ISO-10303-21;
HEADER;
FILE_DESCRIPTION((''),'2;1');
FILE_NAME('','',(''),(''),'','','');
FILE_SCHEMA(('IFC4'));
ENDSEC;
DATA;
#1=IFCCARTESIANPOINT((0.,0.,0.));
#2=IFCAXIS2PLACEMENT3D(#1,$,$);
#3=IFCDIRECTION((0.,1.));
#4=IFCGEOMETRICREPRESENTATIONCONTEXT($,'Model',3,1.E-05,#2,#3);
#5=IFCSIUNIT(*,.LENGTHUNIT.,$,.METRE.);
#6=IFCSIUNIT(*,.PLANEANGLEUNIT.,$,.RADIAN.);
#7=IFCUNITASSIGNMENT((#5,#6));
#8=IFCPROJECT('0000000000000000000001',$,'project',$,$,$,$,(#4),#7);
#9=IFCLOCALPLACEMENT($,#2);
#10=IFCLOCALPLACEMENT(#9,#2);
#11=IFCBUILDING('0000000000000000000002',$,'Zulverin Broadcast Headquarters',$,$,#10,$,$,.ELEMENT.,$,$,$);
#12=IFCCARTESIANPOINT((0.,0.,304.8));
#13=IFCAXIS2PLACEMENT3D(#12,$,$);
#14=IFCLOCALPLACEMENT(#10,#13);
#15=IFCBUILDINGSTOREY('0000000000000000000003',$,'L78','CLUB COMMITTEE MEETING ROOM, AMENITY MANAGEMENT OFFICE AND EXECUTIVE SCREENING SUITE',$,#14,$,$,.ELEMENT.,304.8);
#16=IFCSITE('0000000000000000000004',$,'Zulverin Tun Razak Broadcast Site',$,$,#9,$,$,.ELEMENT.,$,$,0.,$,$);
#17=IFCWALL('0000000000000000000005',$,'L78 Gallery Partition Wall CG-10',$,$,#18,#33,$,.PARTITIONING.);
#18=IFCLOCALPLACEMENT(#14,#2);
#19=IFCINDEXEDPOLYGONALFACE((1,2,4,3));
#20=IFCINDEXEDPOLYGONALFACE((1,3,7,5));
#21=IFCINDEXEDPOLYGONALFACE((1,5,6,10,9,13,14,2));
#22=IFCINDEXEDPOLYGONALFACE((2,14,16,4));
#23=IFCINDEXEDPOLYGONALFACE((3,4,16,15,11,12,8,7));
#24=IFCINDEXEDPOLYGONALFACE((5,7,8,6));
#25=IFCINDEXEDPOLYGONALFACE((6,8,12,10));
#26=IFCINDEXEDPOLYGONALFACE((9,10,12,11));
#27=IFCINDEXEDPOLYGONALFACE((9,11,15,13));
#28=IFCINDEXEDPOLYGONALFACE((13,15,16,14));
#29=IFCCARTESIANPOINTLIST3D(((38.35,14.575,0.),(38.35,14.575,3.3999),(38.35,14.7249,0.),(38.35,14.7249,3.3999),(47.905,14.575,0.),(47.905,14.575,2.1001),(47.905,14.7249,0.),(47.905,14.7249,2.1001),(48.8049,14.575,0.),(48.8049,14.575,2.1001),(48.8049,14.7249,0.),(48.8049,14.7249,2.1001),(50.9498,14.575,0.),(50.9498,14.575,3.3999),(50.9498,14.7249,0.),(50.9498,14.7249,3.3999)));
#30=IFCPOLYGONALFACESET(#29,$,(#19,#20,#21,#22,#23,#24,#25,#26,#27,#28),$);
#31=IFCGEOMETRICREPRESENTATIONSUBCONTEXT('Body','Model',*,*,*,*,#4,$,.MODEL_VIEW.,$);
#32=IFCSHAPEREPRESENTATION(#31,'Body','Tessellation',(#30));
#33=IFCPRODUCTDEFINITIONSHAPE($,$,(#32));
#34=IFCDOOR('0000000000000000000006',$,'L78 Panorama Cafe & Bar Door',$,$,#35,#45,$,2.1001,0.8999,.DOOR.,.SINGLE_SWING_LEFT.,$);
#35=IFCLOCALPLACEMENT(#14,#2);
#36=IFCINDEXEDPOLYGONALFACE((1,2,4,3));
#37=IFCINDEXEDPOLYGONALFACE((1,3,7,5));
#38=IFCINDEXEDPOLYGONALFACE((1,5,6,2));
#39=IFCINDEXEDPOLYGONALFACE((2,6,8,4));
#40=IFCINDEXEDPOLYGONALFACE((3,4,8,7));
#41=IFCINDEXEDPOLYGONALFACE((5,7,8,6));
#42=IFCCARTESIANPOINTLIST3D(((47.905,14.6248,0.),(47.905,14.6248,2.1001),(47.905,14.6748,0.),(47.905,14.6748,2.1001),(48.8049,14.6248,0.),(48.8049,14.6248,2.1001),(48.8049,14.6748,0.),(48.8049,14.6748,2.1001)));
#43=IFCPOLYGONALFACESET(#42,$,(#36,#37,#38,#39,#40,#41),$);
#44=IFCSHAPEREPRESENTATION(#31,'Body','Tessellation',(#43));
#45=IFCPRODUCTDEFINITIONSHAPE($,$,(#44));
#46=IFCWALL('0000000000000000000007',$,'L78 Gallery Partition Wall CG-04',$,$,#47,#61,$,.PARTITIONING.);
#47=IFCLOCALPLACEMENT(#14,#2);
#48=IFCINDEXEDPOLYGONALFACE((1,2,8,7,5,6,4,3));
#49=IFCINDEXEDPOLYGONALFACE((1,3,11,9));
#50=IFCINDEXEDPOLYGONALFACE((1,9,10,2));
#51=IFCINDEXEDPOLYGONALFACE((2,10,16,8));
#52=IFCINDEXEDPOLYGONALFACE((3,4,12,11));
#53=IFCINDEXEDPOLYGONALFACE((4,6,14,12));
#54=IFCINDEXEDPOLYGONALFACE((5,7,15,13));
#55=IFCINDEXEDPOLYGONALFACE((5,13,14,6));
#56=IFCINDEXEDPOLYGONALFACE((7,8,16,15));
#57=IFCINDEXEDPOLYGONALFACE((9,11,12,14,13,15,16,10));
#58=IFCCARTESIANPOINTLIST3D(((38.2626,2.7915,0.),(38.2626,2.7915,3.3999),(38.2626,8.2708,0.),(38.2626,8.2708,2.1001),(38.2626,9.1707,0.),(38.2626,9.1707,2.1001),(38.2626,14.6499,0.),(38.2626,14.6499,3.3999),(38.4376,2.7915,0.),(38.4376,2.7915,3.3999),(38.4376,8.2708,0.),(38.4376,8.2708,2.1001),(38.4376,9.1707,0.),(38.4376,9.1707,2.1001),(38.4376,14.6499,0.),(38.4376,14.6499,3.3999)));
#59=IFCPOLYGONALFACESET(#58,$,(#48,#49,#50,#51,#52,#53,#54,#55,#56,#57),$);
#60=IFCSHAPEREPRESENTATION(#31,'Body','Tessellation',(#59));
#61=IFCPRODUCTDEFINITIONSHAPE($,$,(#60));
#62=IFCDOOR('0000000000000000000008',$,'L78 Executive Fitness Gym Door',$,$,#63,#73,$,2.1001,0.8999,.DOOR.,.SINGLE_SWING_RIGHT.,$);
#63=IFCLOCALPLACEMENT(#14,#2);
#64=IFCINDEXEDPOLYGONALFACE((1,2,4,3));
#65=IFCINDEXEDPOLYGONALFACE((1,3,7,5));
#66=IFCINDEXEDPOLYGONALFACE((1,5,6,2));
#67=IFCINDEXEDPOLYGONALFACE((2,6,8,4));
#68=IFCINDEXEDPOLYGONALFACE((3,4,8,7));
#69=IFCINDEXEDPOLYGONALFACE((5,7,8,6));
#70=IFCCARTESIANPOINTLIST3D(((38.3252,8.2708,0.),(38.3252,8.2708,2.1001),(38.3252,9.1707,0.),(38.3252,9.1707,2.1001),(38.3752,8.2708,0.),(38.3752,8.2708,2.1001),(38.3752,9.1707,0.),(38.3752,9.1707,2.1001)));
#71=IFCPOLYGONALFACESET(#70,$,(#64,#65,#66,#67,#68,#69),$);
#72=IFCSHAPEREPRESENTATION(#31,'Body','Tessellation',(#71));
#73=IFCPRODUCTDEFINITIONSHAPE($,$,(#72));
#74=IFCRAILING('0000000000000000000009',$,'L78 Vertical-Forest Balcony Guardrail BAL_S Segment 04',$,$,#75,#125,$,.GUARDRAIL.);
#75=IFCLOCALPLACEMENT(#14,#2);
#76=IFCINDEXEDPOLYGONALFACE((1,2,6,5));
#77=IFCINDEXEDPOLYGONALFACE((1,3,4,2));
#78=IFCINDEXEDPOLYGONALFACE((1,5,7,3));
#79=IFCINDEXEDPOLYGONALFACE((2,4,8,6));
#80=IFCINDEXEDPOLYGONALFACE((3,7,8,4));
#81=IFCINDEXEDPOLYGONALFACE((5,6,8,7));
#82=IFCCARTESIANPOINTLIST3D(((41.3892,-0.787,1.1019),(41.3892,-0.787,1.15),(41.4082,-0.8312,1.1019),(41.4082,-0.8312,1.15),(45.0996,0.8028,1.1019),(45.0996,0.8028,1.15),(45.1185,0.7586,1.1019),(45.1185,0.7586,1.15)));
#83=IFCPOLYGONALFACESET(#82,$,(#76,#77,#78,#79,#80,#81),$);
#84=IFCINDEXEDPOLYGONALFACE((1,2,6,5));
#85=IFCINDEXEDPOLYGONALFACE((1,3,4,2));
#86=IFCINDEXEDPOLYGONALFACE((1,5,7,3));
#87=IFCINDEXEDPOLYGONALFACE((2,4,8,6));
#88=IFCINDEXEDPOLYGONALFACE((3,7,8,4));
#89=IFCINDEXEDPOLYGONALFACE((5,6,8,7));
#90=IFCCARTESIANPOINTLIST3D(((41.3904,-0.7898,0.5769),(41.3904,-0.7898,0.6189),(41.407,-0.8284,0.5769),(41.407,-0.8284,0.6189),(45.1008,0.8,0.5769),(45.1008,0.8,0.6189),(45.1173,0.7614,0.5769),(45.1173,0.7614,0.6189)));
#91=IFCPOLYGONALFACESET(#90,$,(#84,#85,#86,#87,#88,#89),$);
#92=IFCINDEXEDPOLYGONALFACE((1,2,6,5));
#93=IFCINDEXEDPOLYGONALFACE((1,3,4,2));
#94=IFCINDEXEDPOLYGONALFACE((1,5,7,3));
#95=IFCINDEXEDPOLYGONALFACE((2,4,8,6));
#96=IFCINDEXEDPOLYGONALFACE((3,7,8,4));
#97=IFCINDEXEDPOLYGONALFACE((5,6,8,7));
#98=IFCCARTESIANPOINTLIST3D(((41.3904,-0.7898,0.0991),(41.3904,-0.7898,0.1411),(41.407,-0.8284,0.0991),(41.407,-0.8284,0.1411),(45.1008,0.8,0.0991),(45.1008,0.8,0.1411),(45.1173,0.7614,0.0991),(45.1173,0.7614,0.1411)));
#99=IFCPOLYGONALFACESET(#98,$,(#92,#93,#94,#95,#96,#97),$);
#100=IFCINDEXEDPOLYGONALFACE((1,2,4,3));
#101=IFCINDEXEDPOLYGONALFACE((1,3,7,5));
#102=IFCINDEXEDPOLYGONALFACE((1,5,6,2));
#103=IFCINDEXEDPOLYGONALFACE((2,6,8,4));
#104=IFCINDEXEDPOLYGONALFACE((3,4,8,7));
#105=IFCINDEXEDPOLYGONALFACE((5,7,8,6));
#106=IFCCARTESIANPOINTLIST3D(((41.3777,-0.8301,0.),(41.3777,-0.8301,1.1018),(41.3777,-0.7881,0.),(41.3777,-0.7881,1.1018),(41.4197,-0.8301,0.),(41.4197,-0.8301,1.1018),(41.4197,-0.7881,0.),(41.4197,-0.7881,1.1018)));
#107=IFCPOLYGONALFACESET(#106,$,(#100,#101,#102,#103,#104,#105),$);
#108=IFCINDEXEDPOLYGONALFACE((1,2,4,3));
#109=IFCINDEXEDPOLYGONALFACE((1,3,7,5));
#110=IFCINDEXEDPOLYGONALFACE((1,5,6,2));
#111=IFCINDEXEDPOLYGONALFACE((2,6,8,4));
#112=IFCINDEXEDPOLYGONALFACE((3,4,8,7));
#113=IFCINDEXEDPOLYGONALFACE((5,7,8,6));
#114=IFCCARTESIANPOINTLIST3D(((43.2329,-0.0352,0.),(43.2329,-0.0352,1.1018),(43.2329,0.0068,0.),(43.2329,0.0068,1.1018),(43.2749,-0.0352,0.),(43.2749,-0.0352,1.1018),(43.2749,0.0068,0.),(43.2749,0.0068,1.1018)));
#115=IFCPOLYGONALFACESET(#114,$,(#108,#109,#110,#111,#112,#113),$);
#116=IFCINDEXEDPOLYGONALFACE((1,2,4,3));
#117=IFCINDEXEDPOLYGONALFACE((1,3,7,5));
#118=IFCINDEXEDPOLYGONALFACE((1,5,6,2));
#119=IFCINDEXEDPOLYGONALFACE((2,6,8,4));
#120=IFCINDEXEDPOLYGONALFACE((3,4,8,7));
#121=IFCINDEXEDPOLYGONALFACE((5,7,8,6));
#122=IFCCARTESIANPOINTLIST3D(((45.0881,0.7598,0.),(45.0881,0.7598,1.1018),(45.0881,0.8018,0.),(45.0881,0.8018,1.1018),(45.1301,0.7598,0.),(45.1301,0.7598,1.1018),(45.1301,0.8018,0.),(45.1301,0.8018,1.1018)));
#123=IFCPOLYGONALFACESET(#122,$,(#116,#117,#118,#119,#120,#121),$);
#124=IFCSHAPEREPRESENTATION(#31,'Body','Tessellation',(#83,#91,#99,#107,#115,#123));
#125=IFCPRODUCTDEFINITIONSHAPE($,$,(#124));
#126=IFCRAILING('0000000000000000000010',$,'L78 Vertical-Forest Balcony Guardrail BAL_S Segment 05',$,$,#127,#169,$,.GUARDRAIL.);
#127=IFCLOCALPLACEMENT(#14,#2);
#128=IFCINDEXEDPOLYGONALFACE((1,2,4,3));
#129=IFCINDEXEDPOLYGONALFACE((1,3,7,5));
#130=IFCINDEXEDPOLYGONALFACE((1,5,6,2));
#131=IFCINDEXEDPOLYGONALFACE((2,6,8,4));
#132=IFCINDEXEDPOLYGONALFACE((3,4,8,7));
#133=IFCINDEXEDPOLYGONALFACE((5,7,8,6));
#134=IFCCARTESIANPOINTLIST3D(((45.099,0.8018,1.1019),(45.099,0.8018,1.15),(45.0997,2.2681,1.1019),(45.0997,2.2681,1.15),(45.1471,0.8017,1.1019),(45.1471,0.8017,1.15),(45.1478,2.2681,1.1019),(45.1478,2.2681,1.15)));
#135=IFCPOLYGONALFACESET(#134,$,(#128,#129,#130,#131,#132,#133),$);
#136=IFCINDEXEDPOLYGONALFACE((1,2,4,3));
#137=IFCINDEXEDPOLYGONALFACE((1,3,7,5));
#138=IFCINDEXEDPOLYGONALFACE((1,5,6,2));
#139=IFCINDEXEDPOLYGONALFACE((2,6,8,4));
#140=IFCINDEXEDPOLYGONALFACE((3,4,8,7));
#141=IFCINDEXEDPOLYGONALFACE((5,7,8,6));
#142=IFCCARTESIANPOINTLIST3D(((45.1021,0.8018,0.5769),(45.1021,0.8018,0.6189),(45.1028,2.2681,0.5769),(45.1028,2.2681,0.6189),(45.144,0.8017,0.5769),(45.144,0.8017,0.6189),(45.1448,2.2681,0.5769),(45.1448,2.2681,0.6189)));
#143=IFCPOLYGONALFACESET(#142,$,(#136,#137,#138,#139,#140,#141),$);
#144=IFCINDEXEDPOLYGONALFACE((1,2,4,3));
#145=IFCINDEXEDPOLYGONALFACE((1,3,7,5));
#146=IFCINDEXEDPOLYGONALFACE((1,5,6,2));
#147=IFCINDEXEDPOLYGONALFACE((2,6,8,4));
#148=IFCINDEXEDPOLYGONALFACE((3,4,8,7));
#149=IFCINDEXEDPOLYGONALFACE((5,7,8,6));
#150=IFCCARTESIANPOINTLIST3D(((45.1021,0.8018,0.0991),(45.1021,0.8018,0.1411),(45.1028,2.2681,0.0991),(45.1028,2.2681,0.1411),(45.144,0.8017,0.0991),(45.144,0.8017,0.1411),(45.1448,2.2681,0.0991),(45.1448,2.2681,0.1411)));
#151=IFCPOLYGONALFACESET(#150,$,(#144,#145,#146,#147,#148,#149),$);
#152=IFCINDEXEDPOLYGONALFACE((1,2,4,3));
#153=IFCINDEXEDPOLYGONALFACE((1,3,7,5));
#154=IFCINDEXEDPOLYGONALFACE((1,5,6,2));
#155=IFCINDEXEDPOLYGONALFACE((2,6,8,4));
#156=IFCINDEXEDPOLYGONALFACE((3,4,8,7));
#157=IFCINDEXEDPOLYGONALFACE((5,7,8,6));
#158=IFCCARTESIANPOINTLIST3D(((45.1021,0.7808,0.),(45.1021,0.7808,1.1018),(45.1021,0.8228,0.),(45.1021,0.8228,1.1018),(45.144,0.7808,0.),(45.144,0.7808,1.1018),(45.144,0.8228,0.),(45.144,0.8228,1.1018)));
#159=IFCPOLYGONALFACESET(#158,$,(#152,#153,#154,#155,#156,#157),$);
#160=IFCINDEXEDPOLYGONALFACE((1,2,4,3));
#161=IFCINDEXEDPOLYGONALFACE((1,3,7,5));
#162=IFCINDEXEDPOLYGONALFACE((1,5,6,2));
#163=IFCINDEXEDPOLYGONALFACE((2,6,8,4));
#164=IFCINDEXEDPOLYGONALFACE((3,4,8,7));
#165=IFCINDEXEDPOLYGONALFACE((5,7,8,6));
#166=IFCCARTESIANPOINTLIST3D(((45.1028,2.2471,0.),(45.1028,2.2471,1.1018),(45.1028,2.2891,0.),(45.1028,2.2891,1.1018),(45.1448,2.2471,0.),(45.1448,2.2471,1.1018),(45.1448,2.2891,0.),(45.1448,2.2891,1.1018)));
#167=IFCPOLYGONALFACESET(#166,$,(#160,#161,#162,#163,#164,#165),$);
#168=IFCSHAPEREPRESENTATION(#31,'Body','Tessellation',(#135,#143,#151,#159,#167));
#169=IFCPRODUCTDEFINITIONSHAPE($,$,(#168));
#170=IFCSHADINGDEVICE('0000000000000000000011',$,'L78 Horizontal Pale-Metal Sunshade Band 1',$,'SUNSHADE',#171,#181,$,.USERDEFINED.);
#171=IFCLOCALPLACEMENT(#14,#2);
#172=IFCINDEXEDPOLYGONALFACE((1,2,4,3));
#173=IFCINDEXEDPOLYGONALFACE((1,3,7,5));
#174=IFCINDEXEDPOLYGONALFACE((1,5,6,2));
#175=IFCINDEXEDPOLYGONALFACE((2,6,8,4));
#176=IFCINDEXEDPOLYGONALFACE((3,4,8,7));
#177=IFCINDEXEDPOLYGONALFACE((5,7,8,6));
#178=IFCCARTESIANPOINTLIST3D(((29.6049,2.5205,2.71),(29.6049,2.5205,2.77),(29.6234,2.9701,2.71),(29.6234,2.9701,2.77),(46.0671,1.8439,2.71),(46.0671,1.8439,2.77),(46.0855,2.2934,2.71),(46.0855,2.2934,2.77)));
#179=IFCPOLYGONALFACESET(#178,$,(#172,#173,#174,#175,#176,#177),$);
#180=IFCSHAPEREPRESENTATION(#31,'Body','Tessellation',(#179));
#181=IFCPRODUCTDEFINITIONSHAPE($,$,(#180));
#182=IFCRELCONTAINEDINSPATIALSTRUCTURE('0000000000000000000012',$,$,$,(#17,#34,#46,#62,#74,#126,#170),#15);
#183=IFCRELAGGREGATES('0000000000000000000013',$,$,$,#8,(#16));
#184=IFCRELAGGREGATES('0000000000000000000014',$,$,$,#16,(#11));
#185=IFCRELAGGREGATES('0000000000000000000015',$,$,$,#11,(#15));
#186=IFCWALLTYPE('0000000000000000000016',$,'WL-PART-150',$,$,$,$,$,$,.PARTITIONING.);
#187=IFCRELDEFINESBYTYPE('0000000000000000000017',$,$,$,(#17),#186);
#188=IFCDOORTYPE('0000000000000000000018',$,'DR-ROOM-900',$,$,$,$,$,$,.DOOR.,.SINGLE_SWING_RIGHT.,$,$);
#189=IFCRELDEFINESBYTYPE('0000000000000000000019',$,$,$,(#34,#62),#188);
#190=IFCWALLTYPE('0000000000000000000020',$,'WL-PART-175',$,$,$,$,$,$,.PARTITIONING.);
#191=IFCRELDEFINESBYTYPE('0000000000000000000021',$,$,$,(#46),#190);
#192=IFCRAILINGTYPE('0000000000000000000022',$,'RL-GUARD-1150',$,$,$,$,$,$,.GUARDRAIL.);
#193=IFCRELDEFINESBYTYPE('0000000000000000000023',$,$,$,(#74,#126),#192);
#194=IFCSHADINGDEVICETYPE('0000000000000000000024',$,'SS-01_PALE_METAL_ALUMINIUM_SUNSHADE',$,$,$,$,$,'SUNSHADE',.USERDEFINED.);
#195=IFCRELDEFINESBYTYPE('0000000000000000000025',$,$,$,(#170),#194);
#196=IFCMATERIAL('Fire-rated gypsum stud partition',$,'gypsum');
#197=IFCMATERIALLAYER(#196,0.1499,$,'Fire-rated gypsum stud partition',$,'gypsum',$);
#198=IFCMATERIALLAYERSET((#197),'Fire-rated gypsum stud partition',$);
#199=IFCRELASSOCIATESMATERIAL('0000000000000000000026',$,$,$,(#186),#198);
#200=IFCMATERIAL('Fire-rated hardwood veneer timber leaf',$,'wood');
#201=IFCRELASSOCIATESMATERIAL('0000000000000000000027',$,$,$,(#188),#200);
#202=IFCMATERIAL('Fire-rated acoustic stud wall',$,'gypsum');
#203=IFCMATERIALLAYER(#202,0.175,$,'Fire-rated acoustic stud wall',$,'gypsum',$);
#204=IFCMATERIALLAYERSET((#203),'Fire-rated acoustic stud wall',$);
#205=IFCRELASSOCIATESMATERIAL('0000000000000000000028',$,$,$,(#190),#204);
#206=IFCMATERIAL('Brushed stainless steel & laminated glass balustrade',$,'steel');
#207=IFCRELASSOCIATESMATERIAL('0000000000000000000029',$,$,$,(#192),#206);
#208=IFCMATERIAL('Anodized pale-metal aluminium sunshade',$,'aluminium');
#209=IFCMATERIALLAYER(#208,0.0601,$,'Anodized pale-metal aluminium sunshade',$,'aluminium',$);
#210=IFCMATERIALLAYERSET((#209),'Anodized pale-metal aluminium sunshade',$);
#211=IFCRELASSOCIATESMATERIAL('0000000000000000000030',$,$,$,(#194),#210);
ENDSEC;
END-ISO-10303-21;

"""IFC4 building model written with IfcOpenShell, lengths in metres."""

from ifc_helpers import new_model, si_unit, direction, frame, frame_2d, origin, origin_2d, place, context, subcontext, project, spatial, rectangle, extrude, material, layer, layer_set, type_object, element, fill, save


model = new_model("IFC4")

# Units and contexts
model_context = context("Model", 3, precision=1e-05, world=origin(), true_north=direction((0.0, 1.0)))
body_context = subcontext(model_context, "Body", "Model", "MODEL_VIEW")
ifc_project = project(units=[si_unit("LENGTHUNIT", "METRE"), si_unit("PLANEANGLEUNIT", "RADIAN")], contexts=[model_context])

# Site, building, storey
site_placement = place(None, origin())
site = spatial("IfcSite", under=ifc_project, at=site_placement, Name="Zulverin Tun Razak Broadcast Site", CompositionType="ELEMENT", RefElevation=0.0)
building_placement = place(site_placement, origin())
building = spatial("IfcBuilding", under=site, at=building_placement, Name="Zulverin Broadcast Headquarters", CompositionType="ELEMENT")
storey_placement = place(building_placement, frame((0.0, 0.0, 304.8)))
storey = spatial("IfcBuildingStorey", under=building, at=storey_placement, Name="L78", Description="CLUB COMMITTEE MEETING ROOM, AMENITY MANAGEMENT OFFICE AND EXECUTIVE SCREENING SUITE", CompositionType="ELEMENT", Elevation=304.8)

# Walls, openings, doors
ifc_material_1 = material(Name="Fire-rated gypsum stud partition", Category="gypsum")
ifc_layer_1 = layer(ifc_material_1, 0.1499, Name="Fire-rated gypsum stud partition", Category="gypsum")
ifc_layer_set_1 = layer_set([ifc_layer_1], Name="Fire-rated gypsum stud partition")
wall_type_1 = type_object("IfcWallType", Name="WL-PART-150", PredefinedType="PARTITIONING", material=ifc_layer_set_1)
wall_1_placement = place(storey_placement, frame((38.3501, 14.6499, 0.0), z_axis=(0.0, 0.0, 1.0), x_axis=(1.0, 0.0, 0.0)))
wall_1 = element("IfcWall", 1, at=wall_1_placement, inside=storey, type_object=wall_type_1, Name="L78 Gallery Partition Wall CG-10", PredefinedType="PARTITIONING", context=body_context, shape_type="SweptSolid", body=[
    extrude(rectangle(XDim=12.5999, YDim=0.1499, at=frame_2d((6.2998, 0.0))), origin(), (0.0, 0.0, 1.0), 3.3999),
])
opening_1_placement = place(wall_1_placement, frame((9.5549, 0.0, 0.0)))
opening_1 = element("IfcOpeningElement", 2, at=opening_1_placement, cuts=wall_1, PredefinedType="OPENING", context=body_context, shape_type="SweptSolid", body=[
    extrude(rectangle(XDim=0.8999, YDim=2.1001, at=frame_2d((0.45, 1.05))), frame((0.0, 0.085, 0.0), z_axis=(0.0, -1.0, 0.0), x_axis=(1.0, 0.0, 0.0)), (0.0, 0.0, 1.0), 0.1699),
])
ifc_material_2 = material(Name="Fire-rated hardwood veneer timber leaf", Category="wood")
door_type = type_object("IfcDoorType", Name="DR-ROOM-900", OperationType="SINGLE_SWING_RIGHT", PredefinedType="DOOR", material=ifc_material_2)
door_1_placement = place(opening_1_placement, origin())
door_1 = element("IfcDoor", 3, at=door_1_placement, inside=storey, type_object=door_type, Name="L78 Panorama Cafe & Bar Door", OperationType="SINGLE_SWING_LEFT", OverallHeight=2.1001, OverallWidth=0.8999, PredefinedType="DOOR", context=body_context, shape_type="SweptSolid", body=[
    extrude(rectangle(XDim=0.8999, YDim=2.1001, at=frame_2d((0.45, 1.05))), frame((0.0, 0.0249, 0.0), z_axis=(0.0, -1.0, 0.0), x_axis=(1.0, 0.0, 0.0)), (0.0, 0.0, 1.0), 0.05),
])
fill(opening_1, door_1)
ifc_material_3 = material(Name="Fire-rated acoustic stud wall", Category="gypsum")
ifc_layer_2 = layer(ifc_material_3, 0.175, Name="Fire-rated acoustic stud wall", Category="gypsum")
ifc_layer_set_2 = layer_set([ifc_layer_2], Name="Fire-rated acoustic stud wall")
wall_type_2 = type_object("IfcWallType", Name="WL-PART-175", PredefinedType="PARTITIONING", material=ifc_layer_set_2)
wall_2_placement = place(storey_placement, frame((38.3501, 2.7915, 0.0), z_axis=(0.0, 0.0, 1.0), x_axis=(0.0, 1.0, 0.0)))
wall_2 = element("IfcWall", 4, at=wall_2_placement, inside=storey, type_object=wall_type_2, Name="L78 Gallery Partition Wall CG-04", PredefinedType="PARTITIONING", context=body_context, shape_type="SweptSolid", body=[
    extrude(rectangle(XDim=11.8584, YDim=0.175, at=frame_2d((5.9292, 0.0))), origin(), (0.0, 0.0, 1.0), 3.3999),
])
opening_2_placement = place(wall_2_placement, frame((5.4792, 0.0, 0.0)))
opening_2 = element("IfcOpeningElement", 5, at=opening_2_placement, cuts=wall_2, PredefinedType="OPENING", context=body_context, shape_type="SweptSolid", body=[
    extrude(rectangle(XDim=0.8999, YDim=2.1001, at=frame_2d((0.45, 1.05))), frame((0.0, 0.0974, 0.0), z_axis=(0.0, -1.0, 0.0), x_axis=(1.0, 0.0, 0.0)), (0.0, 0.0, 1.0), 0.1951),
])
door_2_placement = place(opening_2_placement, origin())
door_2 = element("IfcDoor", 6, at=door_2_placement, inside=storey, type_object=door_type, Name="L78 Executive Fitness Gym Door", OperationType="SINGLE_SWING_RIGHT", OverallHeight=2.1001, OverallWidth=0.8999, PredefinedType="DOOR", context=body_context, shape_type="SweptSolid", body=[
    extrude(rectangle(XDim=0.8999, YDim=2.1001, at=frame_2d((0.45, 1.05))), frame((0.0, 0.0249, 0.0), z_axis=(0.0, -1.0, 0.0), x_axis=(1.0, 0.0, 0.0)), (0.0, 0.0, 1.0), 0.05),
])
fill(opening_2, door_2)

# Railings
ifc_material_4 = material(Name="Brushed stainless steel & laminated glass balustrade", Category="steel")
railing_type = type_object("IfcRailingType", Name="RL-GUARD-1150", PredefinedType="GUARDRAIL", material=ifc_material_4)
railing_1_placement = place(storey_placement, frame((41.3987, -0.8091, 0.0)))
element("IfcRailing", 7, at=railing_1_placement, inside=storey, type_object=railing_type, Name="L78 Vertical-Forest Balcony Guardrail BAL_S Segment 04", PredefinedType="GUARDRAIL", context=body_context, shape_type="SweptSolid", body=[
    extrude(rectangle(XDim=0.0481, YDim=0.0481, at=origin_2d()), frame((0.0, 0.0, 1.126), z_axis=(0.919176, 0.393846, 0.0), x_axis=(-0.393846, 0.919176, 0.0)), (0.0, 0.0, 1.0), 4.0366),
    extrude(rectangle(XDim=0.042, YDim=0.042, at=origin_2d()), frame((0.0, 0.0, 0.5979), z_axis=(0.919176, 0.393846, 0.0), x_axis=(-0.393846, 0.919176, 0.0)), (0.0, 0.0, 1.0), 4.0366),
    extrude(rectangle(XDim=0.042, YDim=0.042, at=origin_2d()), frame((0.0, 0.0, 0.1201), z_axis=(0.919176, 0.393846, 0.0), x_axis=(-0.393846, 0.919176, 0.0)), (0.0, 0.0, 1.0), 4.0366),
    extrude(rectangle(XDim=0.042, YDim=0.042, at=origin_2d()), origin(), (0.0, 0.0, 1.0), 1.1018),
    extrude(rectangle(XDim=0.042, YDim=0.042, at=origin_2d()), frame((1.8552, 0.7949, 0.0)), (0.0, 0.0, 1.0), 1.1018),
    extrude(rectangle(XDim=0.042, YDim=0.042, at=origin_2d()), frame((3.7104, 1.5898, 0.0)), (0.0, 0.0, 1.0), 1.1018),
])
railing_2_placement = place(storey_placement, frame((45.123, 0.8018, 0.0)))
element("IfcRailing", 8, at=railing_2_placement, inside=storey, type_object=railing_type, Name="L78 Vertical-Forest Balcony Guardrail BAL_S Segment 05", PredefinedType="GUARDRAIL", context=body_context, shape_type="SweptSolid", body=[
    extrude(rectangle(XDim=0.0481, YDim=0.0481, at=origin_2d()), frame((0.0, 0.0, 1.126), z_axis=(0.0005, 1.0, 0.0), x_axis=(-1.0, 0.0005, 0.0)), (0.0, 0.0, 1.0), 1.4663),
    extrude(rectangle(XDim=0.042, YDim=0.042, at=origin_2d()), frame((0.0, 0.0, 0.5979), z_axis=(0.0005, 1.0, 0.0), x_axis=(-1.0, 0.0005, 0.0)), (0.0, 0.0, 1.0), 1.4663),
    extrude(rectangle(XDim=0.042, YDim=0.042, at=origin_2d()), frame((0.0, 0.0, 0.1201), z_axis=(0.0005, 1.0, 0.0), x_axis=(-1.0, 0.0005, 0.0)), (0.0, 0.0, 1.0), 1.4663),
    extrude(rectangle(XDim=0.042, YDim=0.042, at=origin_2d()), origin(), (0.0, 0.0, 1.0), 1.1018),
    extrude(rectangle(XDim=0.042, YDim=0.042, at=origin_2d()), frame((0.0007, 1.4663, 0.0)), (0.0, 0.0, 1.0), 1.1018),
])

# Shading device
ifc_material_5 = material(Name="Anodized pale-metal aluminium sunshade", Category="aluminium")
ifc_layer_3 = layer(ifc_material_5, 0.0601, Name="Anodized pale-metal aluminium sunshade", Category="aluminium")
ifc_layer_set_3 = layer_set([ifc_layer_3], Name="Anodized pale-metal aluminium sunshade")
shading_device_type = type_object("IfcShadingDeviceType", Name="SS-01_PALE_METAL_ALUMINIUM_SUNSHADE", ElementType="SUNSHADE", PredefinedType="USERDEFINED", material=ifc_layer_set_3)
shading_device_placement = place(storey_placement, frame((37.8452, 2.407, 2.71), z_axis=(0.0, 0.0, 1.0), x_axis=(0.999156, -0.04107, 0.0)))
element("IfcShadingDevice", 9, at=shading_device_placement, inside=storey, type_object=shading_device_type, Name="L78 Horizontal Pale-Metal Sunshade Band 1", ObjectType="SUNSHADE", PredefinedType="USERDEFINED", context=body_context, shape_type="SweptSolid", body=[
    extrude(rectangle(XDim=16.4761, YDim=0.45, at=origin_2d()), origin(), (0.0, 0.0, 1.0), 0.0601),
])

save(model, "model.ifc")
